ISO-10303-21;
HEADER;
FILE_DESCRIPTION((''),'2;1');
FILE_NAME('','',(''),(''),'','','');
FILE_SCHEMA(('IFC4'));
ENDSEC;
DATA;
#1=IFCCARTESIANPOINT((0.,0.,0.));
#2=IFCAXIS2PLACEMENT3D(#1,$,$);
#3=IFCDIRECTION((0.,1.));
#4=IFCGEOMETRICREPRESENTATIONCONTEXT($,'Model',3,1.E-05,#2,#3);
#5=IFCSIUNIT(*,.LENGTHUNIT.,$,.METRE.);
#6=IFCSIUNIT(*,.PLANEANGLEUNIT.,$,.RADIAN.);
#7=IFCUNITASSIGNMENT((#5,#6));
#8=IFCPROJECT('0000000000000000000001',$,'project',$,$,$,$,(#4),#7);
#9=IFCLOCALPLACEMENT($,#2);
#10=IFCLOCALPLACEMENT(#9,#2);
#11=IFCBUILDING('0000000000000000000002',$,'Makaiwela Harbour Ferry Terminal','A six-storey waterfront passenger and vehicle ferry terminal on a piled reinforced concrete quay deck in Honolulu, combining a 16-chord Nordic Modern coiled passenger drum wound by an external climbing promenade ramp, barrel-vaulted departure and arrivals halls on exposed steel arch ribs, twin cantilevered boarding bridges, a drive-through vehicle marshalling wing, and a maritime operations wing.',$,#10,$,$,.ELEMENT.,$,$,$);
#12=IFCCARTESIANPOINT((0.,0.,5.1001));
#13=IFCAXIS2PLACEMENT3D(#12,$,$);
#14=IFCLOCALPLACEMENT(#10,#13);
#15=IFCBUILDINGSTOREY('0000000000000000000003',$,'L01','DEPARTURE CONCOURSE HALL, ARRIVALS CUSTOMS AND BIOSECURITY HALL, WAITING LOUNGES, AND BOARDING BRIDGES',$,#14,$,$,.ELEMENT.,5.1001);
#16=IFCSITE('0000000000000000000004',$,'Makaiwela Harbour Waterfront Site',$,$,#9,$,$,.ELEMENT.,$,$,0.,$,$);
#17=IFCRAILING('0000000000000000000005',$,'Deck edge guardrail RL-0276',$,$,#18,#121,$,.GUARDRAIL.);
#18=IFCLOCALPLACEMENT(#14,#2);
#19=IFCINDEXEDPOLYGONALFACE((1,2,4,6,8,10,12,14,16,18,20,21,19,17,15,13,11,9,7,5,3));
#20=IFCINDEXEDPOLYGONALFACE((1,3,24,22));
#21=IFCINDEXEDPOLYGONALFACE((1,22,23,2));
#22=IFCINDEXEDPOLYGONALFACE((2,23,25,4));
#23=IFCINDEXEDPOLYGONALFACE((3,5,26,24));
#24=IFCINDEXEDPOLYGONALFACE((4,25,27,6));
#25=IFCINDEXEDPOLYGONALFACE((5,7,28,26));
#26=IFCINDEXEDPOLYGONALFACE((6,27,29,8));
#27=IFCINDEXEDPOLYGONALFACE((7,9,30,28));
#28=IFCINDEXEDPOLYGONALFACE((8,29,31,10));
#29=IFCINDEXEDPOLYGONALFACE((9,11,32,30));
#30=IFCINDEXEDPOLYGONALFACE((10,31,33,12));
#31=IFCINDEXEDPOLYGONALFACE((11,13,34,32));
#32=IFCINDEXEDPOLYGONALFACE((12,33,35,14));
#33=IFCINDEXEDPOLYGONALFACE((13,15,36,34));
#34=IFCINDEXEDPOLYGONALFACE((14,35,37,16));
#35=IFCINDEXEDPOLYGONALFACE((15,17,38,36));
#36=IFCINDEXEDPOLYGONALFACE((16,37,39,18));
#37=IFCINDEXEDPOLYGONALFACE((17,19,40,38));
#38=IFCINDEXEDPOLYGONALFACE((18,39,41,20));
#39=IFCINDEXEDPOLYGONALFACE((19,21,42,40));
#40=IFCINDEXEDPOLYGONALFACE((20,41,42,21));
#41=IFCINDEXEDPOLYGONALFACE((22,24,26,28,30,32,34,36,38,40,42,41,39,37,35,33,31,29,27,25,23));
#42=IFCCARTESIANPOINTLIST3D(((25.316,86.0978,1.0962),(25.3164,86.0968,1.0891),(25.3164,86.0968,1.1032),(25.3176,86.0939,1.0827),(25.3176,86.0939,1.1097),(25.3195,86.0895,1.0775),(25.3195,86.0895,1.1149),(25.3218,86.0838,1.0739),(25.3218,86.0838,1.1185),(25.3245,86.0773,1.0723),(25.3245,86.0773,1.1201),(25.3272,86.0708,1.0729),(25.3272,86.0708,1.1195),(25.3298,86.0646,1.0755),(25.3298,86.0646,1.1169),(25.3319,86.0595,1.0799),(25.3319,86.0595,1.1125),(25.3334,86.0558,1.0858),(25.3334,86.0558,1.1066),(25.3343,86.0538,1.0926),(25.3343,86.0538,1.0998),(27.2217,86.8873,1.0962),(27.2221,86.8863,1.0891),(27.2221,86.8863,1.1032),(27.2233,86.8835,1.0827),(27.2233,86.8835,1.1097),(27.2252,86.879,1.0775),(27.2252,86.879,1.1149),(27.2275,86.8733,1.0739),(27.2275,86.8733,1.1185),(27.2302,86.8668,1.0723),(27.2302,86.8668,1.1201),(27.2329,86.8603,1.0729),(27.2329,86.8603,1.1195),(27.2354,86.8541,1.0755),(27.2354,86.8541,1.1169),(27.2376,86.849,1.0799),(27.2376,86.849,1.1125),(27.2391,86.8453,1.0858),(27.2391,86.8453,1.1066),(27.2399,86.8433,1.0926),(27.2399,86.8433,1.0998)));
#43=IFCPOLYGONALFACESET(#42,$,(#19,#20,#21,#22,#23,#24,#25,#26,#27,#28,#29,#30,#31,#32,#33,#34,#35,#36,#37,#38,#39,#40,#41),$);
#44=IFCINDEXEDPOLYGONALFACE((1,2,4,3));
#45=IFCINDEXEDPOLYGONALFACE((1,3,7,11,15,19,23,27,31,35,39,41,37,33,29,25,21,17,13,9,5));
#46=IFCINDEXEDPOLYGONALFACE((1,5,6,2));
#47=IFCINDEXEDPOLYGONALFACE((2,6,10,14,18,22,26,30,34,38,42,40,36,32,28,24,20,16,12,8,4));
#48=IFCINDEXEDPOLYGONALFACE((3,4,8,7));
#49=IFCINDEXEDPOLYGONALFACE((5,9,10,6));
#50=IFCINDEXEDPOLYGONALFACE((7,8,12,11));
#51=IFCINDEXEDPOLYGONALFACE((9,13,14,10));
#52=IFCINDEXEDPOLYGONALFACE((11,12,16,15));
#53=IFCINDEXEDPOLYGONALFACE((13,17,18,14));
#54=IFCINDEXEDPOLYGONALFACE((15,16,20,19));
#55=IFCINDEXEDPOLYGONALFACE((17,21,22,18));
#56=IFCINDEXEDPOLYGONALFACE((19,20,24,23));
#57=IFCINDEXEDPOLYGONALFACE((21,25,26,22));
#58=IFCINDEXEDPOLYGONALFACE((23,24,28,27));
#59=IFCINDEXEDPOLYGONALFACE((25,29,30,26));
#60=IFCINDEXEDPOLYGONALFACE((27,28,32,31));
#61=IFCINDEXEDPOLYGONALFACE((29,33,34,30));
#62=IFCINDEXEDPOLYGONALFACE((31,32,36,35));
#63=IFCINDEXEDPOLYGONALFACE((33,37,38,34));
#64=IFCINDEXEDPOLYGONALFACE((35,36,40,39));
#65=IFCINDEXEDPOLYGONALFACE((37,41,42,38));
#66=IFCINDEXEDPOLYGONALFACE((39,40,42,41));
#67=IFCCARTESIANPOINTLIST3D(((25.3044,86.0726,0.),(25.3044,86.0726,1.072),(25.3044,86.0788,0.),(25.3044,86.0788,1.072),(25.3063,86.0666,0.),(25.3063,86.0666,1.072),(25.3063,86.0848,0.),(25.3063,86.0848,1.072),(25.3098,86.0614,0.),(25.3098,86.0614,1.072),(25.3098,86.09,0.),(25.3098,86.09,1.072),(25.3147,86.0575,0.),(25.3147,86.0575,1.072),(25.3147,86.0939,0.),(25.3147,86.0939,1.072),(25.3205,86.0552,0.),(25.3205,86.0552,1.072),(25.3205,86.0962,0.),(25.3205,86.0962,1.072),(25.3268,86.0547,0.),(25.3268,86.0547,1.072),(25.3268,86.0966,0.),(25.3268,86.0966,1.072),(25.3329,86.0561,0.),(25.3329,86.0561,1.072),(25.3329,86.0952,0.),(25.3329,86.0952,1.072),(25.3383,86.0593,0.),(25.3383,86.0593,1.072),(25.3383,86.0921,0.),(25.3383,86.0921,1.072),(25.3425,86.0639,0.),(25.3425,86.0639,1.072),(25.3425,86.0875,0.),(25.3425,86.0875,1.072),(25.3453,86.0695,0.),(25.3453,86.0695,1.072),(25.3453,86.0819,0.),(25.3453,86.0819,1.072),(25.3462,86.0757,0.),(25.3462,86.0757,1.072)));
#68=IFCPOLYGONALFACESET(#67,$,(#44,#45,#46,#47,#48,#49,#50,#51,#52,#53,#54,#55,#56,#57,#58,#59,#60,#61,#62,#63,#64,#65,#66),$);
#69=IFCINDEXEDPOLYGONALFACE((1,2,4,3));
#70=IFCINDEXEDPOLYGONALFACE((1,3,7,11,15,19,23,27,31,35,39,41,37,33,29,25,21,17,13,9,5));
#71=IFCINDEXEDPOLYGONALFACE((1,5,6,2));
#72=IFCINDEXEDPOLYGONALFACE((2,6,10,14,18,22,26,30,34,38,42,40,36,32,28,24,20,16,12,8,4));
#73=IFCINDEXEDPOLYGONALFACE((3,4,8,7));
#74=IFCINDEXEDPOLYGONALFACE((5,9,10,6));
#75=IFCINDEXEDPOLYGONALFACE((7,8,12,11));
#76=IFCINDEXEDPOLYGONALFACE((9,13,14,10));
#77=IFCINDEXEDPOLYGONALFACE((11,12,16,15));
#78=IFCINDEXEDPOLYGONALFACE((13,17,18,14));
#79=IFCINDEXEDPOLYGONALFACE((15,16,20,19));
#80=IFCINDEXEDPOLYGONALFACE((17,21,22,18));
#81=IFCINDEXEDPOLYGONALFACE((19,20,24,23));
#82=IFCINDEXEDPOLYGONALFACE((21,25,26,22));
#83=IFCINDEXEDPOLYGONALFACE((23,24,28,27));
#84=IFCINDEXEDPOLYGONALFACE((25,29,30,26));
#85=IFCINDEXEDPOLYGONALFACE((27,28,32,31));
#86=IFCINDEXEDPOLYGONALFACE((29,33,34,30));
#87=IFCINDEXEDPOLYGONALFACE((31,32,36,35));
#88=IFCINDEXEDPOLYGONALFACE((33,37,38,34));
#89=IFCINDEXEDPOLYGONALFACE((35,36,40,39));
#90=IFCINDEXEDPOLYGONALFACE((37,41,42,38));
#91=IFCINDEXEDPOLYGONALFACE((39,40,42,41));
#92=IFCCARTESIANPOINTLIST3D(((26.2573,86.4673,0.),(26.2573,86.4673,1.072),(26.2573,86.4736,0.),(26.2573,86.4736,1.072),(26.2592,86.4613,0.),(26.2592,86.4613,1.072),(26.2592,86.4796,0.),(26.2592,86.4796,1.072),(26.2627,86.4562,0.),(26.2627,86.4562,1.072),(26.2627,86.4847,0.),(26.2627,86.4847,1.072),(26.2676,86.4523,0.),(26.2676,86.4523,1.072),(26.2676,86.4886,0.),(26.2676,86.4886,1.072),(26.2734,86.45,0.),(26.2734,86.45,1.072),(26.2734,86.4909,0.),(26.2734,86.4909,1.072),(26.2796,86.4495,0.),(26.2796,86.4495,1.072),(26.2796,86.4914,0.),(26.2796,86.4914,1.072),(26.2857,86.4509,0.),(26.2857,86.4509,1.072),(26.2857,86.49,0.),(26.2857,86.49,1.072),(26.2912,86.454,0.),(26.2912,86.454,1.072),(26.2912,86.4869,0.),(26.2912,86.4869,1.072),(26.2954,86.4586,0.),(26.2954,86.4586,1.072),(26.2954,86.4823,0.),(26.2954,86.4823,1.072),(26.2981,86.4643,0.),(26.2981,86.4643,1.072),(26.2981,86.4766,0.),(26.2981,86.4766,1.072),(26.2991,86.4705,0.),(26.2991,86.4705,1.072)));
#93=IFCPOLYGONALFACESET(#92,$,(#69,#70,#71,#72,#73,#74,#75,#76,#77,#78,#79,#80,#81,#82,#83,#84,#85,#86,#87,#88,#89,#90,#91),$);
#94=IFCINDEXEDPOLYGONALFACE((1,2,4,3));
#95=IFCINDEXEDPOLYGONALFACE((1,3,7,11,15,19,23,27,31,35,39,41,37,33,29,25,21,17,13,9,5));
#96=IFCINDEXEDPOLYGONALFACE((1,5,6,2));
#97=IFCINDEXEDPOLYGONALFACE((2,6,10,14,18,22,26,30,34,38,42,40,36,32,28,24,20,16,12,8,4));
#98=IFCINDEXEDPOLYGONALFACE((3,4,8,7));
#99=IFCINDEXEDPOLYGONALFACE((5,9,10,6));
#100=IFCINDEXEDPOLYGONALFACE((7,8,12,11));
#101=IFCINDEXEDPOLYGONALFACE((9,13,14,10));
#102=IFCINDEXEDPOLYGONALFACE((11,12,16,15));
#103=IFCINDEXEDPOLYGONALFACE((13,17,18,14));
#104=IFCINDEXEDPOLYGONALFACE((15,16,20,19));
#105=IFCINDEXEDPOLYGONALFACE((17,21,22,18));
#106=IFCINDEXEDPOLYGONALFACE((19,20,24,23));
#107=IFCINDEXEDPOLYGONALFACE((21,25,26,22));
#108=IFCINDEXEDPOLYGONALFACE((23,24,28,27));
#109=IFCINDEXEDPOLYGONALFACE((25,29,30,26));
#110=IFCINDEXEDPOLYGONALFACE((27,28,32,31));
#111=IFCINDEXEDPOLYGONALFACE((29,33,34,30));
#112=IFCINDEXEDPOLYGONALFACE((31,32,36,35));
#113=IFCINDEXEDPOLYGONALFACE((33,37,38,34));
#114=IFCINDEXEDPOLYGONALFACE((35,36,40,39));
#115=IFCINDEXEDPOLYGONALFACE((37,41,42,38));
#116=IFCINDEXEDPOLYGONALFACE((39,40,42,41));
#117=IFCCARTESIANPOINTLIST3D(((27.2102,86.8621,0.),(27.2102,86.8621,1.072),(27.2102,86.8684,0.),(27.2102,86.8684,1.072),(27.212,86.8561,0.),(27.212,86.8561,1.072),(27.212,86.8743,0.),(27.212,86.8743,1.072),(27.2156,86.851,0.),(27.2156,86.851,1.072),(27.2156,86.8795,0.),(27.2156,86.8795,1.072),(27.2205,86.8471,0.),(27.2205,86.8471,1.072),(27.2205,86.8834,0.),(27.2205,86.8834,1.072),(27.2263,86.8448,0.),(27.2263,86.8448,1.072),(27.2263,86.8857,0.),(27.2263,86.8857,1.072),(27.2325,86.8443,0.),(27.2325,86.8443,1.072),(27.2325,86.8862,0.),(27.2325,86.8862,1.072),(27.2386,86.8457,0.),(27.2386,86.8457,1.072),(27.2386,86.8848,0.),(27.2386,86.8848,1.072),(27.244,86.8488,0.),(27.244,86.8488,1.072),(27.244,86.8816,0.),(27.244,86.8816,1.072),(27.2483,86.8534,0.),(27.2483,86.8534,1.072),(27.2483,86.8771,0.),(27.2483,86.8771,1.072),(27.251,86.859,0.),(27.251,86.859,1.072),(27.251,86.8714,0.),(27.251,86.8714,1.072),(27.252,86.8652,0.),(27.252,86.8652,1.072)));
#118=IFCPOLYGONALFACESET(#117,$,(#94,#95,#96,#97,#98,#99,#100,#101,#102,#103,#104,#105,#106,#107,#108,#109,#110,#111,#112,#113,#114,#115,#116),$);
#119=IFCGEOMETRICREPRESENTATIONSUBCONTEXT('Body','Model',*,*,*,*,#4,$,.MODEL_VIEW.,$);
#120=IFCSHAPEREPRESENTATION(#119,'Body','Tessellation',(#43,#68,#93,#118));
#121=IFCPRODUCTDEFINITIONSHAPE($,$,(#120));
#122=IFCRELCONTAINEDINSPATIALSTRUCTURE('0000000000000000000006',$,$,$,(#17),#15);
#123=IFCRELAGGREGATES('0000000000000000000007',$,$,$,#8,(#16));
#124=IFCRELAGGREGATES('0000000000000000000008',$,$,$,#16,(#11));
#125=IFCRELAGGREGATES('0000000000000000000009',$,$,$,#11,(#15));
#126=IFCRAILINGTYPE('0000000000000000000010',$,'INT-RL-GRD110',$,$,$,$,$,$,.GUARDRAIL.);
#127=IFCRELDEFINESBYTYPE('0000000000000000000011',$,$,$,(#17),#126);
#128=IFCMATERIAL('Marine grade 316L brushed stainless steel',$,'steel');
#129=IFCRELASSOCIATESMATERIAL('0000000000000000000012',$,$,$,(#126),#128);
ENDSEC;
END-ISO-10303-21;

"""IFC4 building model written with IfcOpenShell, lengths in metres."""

from ifc_helpers import new_model, si_unit, direction, frame, origin, origin_2d, place, context, subcontext, project, spatial, circle, extrude, material, type_object, element, save


model = new_model("IFC4")

# Units and contexts
model_context = context("Model", 3, precision=1e-05, world=origin(), true_north=direction((0.0, 1.0)))
body_context = subcontext(model_context, "Body", "Model", "MODEL_VIEW")
ifc_project = project(units=[si_unit("LENGTHUNIT", "METRE"), si_unit("PLANEANGLEUNIT", "RADIAN")], contexts=[model_context])

# Site, building, storey
site_placement = place(None, origin())
site = spatial("IfcSite", under=ifc_project, at=site_placement, Name="Makaiwela Harbour Waterfront Site", CompositionType="ELEMENT", RefElevation=0.0)
building_placement = place(site_placement, origin())
building = spatial("IfcBuilding", under=site, at=building_placement, Name="Makaiwela Harbour Ferry Terminal", Description="A six-storey waterfront passenger and vehicle ferry terminal on a piled reinforced concrete quay deck in Honolulu, combining a 16-chord Nordic Modern coiled passenger drum wound by an external climbing promenade ramp, barrel-vaulted departure and arrivals halls on exposed steel arch ribs, twin cantilevered boarding bridges, a drive-through vehicle marshalling wing, and a maritime operations wing.", CompositionType="ELEMENT")
storey_placement = place(building_placement, frame((0.0, 0.0, 5.1001)))
storey = spatial("IfcBuildingStorey", under=building, at=storey_placement, Name="L01", Description="DEPARTURE CONCOURSE HALL, ARRIVALS CUSTOMS AND BIOSECURITY HALL, WAITING LOUNGES, AND BOARDING BRIDGES", CompositionType="ELEMENT", Elevation=5.1001)

# Railing
ifc_material_1 = material(Name="Marine grade 316L brushed stainless steel", Category="steel")
railing_type_1 = type_object("IfcRailingType", Name="INT-RL-GRD110", PredefinedType="GUARDRAIL", material=ifc_material_1)
railing_1_placement = place(storey_placement, frame((25.3252, 86.0757, 0.0)))
element("IfcRailing", 1, at=railing_1_placement, inside=storey, type_object=railing_type_1, Name="Deck edge guardrail RL-0276", PredefinedType="GUARDRAIL", context=body_context, shape_type="SweptSolid", body=[
    extrude(circle(Radius=0.0239, at=origin_2d()), frame((0.0, 0.0, 1.0962), z_axis=(0.923852, 0.382749, 0.0), x_axis=(-0.382749, 0.923852, 0.0)), (0.0, 0.0, 1.0), 2.0627),
    extrude(circle(Radius=0.021, at=origin_2d()), origin(), (0.0, 0.0, 1.0), 1.072),
    extrude(circle(Radius=0.021, at=origin_2d()), frame((0.9529, 0.3948, 0.0)), (0.0, 0.0, 1.0), 1.072),
    extrude(circle(Radius=0.021, at=origin_2d()), frame((1.9058, 0.7896, 0.0)), (0.0, 0.0, 1.0), 1.072),
])

save(model, "model.ifc")
